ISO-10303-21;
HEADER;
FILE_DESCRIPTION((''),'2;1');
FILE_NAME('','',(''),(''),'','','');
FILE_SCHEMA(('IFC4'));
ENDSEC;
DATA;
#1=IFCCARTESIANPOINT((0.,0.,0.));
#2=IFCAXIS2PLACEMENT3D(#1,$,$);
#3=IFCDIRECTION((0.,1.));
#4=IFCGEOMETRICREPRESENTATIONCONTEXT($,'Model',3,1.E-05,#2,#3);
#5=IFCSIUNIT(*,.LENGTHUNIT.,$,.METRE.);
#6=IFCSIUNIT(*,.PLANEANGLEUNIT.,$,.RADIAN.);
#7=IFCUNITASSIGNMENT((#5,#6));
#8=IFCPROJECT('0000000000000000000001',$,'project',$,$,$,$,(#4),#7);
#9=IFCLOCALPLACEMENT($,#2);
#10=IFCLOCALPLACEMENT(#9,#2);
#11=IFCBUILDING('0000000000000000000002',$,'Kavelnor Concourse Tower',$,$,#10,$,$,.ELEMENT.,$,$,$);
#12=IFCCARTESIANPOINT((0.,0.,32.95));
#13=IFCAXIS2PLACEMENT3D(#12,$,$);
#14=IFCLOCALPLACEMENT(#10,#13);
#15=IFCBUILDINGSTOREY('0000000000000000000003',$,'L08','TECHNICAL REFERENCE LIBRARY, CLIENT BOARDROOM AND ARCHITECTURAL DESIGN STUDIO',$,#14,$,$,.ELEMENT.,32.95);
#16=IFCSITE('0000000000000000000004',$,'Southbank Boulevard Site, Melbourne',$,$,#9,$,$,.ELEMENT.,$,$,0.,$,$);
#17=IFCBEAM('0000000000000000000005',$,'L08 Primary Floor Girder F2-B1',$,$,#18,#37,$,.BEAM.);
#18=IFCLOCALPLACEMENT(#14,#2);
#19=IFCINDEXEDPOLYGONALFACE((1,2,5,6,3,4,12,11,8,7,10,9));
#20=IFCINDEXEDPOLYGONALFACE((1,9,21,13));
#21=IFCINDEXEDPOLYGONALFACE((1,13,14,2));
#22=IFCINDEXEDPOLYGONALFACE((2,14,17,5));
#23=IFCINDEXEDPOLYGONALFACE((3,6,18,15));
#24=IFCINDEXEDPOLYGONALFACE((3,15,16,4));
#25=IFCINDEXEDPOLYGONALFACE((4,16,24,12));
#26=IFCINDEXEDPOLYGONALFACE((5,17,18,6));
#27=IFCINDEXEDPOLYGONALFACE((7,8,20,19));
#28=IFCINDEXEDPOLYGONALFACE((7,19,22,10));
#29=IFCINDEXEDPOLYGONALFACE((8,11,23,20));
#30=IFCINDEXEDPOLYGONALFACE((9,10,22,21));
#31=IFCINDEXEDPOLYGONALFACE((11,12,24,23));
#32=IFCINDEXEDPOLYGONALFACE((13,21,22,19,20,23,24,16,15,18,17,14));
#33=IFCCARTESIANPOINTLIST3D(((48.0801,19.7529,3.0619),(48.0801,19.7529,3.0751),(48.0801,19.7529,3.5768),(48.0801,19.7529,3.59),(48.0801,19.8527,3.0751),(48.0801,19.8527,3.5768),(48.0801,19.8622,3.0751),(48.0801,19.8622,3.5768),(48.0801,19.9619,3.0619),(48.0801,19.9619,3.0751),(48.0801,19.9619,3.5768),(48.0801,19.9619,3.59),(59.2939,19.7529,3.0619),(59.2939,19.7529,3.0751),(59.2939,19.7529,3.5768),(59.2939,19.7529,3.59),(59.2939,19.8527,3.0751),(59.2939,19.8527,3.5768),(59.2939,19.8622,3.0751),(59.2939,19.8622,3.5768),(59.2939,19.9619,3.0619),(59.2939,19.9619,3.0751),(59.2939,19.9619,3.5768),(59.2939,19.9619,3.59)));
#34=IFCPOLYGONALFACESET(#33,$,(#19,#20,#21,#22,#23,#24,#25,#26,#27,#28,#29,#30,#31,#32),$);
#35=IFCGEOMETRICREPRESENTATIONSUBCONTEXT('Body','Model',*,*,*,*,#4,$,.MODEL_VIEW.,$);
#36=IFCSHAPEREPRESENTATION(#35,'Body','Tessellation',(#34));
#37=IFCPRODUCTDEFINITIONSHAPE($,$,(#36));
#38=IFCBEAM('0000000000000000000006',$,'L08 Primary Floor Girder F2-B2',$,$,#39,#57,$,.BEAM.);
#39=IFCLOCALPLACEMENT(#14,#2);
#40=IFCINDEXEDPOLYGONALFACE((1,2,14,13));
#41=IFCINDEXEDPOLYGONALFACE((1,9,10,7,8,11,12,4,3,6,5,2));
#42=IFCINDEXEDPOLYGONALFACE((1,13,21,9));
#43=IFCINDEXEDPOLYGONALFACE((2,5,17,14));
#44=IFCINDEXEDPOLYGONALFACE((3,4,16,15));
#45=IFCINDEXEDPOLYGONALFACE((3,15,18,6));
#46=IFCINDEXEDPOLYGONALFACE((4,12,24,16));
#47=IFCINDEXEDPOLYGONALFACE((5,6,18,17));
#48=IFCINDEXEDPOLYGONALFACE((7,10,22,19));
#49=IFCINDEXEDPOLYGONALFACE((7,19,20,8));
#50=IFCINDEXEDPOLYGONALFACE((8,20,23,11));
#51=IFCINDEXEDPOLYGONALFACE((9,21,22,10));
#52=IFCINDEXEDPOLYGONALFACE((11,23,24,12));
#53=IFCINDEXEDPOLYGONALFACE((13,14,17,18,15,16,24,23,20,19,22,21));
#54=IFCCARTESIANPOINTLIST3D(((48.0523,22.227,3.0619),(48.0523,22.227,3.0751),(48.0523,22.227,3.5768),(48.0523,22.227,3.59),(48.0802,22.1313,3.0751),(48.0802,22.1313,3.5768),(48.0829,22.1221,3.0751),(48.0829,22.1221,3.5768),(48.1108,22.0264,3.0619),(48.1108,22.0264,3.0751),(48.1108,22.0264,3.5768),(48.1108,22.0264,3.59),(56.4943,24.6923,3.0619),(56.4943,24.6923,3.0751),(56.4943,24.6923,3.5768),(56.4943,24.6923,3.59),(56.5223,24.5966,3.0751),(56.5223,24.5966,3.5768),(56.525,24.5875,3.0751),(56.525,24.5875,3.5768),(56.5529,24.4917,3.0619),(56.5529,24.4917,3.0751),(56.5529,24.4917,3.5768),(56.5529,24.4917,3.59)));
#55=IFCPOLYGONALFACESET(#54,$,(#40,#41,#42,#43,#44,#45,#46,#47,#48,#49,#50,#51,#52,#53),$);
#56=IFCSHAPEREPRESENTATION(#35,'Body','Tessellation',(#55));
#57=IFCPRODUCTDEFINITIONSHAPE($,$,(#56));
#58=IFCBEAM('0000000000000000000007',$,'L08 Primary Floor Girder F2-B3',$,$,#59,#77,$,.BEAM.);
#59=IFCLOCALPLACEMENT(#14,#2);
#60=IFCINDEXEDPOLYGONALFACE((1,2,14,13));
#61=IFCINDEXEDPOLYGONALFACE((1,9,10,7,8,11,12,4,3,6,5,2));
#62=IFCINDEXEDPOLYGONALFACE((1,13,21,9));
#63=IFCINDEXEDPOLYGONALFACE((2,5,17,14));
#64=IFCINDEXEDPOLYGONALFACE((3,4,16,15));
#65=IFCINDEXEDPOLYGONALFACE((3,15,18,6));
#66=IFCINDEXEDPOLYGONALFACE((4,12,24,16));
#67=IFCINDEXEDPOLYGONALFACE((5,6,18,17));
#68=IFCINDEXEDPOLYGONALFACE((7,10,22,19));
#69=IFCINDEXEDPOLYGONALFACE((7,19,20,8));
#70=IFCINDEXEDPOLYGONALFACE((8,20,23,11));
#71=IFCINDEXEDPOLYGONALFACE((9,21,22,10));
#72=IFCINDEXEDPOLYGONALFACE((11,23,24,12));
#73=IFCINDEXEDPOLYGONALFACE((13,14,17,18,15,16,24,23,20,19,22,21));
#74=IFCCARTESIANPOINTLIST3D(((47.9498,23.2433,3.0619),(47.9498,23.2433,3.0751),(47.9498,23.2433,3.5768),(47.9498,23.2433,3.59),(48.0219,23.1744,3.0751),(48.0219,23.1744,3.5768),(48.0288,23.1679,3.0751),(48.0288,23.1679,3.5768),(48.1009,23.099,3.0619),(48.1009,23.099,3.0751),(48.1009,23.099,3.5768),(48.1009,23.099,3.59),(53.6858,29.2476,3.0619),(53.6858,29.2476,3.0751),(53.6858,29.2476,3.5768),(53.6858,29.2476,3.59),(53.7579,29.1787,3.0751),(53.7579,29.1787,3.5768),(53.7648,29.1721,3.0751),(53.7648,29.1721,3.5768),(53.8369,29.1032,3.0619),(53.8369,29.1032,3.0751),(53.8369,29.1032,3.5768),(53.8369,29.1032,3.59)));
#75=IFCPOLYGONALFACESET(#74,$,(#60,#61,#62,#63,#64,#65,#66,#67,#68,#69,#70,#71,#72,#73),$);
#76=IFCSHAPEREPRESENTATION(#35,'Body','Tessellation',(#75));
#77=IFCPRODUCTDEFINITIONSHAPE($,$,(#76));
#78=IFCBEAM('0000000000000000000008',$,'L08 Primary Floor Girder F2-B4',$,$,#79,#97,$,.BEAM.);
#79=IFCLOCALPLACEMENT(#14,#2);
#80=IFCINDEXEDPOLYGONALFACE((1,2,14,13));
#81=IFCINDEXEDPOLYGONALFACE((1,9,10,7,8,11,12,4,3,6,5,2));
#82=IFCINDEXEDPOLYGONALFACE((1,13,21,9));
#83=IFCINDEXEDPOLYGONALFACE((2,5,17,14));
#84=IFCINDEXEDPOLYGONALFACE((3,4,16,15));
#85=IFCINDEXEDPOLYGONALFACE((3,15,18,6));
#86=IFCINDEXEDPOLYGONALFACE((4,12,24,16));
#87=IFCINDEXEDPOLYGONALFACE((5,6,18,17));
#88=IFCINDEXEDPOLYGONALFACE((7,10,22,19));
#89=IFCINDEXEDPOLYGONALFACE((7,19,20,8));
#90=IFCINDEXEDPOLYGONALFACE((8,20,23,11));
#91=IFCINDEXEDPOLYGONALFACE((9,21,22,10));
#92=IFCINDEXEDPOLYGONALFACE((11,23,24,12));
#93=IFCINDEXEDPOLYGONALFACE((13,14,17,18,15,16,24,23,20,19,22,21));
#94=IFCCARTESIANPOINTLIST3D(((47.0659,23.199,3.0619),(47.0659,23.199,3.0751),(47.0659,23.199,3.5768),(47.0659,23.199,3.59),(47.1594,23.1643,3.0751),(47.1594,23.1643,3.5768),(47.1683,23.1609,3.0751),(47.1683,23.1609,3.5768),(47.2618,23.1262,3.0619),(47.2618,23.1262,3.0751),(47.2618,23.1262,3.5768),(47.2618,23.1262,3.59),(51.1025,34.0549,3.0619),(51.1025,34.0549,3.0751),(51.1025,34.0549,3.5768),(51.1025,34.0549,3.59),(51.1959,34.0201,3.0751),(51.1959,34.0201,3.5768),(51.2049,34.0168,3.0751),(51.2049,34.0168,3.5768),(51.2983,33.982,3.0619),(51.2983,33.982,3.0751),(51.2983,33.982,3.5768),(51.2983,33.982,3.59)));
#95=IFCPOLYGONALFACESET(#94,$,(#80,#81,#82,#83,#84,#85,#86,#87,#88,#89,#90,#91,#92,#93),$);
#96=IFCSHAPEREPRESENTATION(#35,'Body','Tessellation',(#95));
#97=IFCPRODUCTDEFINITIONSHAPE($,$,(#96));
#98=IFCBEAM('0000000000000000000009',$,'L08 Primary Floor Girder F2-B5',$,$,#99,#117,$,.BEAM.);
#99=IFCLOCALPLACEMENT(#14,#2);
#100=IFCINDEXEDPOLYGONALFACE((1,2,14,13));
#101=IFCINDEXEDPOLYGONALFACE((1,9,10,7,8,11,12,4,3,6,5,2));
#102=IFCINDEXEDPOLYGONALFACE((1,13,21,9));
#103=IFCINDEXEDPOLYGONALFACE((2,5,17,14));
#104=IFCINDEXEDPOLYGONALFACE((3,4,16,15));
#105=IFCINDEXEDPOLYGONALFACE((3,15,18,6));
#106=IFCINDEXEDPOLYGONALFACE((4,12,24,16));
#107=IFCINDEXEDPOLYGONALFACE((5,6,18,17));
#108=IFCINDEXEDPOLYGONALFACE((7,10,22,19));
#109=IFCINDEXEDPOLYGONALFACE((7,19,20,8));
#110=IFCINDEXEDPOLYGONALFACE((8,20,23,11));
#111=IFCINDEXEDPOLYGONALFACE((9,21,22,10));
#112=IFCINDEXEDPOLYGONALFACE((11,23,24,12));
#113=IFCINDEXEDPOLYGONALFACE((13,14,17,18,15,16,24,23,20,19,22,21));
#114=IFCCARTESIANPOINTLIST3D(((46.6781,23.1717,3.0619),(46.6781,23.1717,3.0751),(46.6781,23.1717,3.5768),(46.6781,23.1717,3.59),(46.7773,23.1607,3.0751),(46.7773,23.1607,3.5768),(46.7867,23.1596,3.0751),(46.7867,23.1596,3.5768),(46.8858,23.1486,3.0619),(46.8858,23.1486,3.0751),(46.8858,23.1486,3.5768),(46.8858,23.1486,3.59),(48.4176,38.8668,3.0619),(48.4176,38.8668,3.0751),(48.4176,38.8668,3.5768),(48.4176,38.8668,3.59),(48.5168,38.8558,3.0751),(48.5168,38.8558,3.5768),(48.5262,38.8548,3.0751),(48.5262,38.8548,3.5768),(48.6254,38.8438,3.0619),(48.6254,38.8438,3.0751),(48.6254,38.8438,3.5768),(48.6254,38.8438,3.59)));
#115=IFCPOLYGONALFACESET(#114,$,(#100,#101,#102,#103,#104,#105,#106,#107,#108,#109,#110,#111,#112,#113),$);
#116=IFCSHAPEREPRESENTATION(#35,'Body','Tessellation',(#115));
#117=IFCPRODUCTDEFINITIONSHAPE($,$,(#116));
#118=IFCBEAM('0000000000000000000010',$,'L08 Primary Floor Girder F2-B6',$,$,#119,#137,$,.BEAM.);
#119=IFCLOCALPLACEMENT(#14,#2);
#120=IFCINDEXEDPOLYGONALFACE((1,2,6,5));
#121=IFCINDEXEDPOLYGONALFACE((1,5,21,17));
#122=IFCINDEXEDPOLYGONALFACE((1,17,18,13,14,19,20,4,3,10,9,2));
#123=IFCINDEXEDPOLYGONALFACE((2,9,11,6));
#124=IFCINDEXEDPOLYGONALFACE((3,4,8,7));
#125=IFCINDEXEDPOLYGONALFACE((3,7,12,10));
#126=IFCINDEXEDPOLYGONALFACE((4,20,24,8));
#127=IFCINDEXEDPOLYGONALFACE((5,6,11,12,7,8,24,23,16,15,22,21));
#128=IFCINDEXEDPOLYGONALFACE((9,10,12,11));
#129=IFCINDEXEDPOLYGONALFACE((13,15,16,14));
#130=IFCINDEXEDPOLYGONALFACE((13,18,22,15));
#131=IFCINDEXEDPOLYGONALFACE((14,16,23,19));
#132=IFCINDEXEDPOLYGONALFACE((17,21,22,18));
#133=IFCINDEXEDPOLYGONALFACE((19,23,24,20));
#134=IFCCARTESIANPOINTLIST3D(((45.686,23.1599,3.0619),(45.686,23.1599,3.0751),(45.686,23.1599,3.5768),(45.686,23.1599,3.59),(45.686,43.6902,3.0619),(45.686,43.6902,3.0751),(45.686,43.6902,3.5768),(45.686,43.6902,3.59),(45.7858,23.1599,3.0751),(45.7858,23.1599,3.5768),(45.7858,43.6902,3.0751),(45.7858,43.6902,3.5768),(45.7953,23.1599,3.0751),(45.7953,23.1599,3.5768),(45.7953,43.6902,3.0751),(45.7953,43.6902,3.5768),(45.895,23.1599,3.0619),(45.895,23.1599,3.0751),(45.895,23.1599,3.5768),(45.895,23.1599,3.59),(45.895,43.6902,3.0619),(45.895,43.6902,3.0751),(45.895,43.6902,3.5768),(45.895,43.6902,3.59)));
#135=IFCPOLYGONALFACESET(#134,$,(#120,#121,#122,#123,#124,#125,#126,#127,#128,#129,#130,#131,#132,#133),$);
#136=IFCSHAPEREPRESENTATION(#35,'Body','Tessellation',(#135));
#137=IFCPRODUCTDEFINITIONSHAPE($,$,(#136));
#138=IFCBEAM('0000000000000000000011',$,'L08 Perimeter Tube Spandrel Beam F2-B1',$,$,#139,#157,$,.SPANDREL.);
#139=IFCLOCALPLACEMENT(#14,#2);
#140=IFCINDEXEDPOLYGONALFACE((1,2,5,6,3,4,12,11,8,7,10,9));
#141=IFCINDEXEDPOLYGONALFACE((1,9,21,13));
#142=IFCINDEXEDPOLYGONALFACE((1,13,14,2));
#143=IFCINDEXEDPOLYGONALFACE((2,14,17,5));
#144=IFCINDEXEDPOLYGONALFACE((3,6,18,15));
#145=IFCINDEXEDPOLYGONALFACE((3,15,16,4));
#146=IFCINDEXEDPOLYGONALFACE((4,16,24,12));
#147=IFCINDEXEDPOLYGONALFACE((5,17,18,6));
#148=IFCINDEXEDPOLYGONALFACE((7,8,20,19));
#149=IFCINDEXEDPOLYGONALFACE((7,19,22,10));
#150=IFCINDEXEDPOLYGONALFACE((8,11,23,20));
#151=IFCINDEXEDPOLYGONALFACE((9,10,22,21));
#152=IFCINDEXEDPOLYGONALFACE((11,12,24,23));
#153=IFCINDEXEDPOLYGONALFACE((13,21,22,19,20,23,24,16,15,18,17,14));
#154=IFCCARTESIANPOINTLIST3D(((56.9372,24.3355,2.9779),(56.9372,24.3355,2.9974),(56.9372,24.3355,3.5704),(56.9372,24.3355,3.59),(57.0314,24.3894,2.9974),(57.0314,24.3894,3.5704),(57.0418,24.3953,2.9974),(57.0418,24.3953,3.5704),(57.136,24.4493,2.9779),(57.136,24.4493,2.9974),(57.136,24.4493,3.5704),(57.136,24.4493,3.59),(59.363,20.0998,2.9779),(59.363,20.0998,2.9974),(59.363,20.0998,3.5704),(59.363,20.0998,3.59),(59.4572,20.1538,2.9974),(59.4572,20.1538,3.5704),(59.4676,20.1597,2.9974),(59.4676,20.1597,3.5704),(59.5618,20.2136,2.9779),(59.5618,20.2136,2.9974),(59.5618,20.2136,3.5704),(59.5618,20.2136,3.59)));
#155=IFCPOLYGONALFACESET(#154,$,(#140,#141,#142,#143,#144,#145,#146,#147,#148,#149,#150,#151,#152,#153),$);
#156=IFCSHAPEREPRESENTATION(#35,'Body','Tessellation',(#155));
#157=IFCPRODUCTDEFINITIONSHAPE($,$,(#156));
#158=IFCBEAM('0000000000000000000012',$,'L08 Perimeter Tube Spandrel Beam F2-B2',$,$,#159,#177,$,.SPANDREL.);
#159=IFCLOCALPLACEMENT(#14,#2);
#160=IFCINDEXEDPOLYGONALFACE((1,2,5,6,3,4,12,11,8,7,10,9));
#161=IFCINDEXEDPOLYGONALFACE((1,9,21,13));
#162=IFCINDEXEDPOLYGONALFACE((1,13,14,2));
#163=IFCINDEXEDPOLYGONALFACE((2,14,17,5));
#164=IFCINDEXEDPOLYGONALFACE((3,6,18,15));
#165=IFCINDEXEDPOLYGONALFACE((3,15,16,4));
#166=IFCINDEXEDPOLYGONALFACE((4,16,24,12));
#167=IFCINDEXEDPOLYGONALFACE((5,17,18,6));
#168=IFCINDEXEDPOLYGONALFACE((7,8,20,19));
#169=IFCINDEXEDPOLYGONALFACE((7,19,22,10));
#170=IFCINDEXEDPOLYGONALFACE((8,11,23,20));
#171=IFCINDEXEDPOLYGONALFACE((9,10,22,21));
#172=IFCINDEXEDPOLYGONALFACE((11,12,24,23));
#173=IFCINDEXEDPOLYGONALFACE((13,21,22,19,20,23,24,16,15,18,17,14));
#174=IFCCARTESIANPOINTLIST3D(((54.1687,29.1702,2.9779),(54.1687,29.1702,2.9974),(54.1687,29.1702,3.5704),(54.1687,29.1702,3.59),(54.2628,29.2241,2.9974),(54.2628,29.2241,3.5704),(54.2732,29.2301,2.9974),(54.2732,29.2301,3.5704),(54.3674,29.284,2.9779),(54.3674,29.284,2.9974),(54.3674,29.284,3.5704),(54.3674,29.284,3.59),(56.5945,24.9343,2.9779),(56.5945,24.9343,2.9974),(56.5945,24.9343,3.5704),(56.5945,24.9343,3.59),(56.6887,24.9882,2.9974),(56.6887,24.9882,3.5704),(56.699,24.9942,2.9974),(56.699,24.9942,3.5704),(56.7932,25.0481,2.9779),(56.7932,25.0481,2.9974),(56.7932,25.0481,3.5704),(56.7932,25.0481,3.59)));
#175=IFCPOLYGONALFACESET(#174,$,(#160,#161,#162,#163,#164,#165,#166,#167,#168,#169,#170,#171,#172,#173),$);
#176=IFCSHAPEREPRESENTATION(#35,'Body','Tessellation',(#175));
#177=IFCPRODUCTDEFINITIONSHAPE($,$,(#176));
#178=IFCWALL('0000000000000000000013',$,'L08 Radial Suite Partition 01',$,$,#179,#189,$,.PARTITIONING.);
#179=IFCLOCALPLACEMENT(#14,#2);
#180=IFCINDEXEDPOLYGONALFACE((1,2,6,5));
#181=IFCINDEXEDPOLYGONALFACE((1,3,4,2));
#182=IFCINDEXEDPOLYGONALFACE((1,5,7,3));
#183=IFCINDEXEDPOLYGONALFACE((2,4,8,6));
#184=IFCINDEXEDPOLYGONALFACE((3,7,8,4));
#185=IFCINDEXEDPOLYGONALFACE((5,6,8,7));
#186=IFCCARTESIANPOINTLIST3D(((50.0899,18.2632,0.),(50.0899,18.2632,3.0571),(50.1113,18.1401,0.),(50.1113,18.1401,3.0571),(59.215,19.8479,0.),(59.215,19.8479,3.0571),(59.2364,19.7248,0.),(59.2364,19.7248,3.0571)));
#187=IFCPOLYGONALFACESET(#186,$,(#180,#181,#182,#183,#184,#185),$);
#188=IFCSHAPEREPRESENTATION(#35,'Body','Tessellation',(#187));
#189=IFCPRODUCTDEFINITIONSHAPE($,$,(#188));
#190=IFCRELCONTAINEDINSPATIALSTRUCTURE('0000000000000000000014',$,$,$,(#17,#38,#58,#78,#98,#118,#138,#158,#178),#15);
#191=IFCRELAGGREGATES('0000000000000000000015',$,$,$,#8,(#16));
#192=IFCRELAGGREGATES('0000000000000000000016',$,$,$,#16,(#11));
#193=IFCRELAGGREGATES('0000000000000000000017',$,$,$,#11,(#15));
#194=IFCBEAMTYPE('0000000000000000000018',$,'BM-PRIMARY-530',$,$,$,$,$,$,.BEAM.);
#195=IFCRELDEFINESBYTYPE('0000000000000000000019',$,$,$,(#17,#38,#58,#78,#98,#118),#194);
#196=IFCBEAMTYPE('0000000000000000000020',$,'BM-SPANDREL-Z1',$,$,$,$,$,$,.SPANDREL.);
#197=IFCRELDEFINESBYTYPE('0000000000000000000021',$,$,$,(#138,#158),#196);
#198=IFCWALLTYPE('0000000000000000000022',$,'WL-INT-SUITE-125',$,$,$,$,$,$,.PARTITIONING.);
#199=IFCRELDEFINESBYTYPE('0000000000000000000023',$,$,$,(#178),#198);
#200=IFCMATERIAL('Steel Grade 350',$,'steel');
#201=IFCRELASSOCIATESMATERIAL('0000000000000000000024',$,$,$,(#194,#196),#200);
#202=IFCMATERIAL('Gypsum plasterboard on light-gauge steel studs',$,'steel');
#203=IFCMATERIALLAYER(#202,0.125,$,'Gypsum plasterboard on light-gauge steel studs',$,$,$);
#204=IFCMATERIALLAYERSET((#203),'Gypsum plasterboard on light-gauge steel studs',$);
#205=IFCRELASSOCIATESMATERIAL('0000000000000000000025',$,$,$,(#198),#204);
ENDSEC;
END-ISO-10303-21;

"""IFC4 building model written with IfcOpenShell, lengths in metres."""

from ifc_helpers import new_model, si_unit, direction, frame, frame_2d, origin, origin_2d, place, context, subcontext, project, spatial, rectangle, i_section, extrude, material, layer, layer_set, material_profile, profile_set, type_object, element, save


model = new_model("IFC4")

# Units and contexts
model_context = context("Model", 3, precision=1e-05, world=origin(), true_north=direction((0.0, 1.0)))
body_context = subcontext(model_context, "Body", "Model", "MODEL_VIEW")
ifc_project = project(units=[si_unit("LENGTHUNIT", "METRE"), si_unit("PLANEANGLEUNIT", "RADIAN")], contexts=[model_context])

# Site, building, storey
site_placement = place(None, origin())
site = spatial("IfcSite", under=ifc_project, at=site_placement, Name="Southbank Boulevard Site, Melbourne", CompositionType="ELEMENT", RefElevation=0.0)
building_placement = place(site_placement, origin())
building = spatial("IfcBuilding", under=site, at=building_placement, Name="Kavelnor Concourse Tower", CompositionType="ELEMENT")
storey_placement = place(building_placement, frame((0.0, 0.0, 32.95)))
storey = spatial("IfcBuildingStorey", under=building, at=storey_placement, Name="L08", Description="TECHNICAL REFERENCE LIBRARY, CLIENT BOARDROOM AND ARCHITECTURAL DESIGN STUDIO", CompositionType="ELEMENT", Elevation=32.95)

# Shared definitions
ifc_material_1 = material(Name="Steel Grade 350", Category="steel")

# Beams
ifc_material_profile_1 = material_profile(ifc_material_1, i_section(OverallWidth=0.209, OverallDepth=0.5281, WebThickness=0.0095, FlangeThickness=0.0132, at=origin_2d()), Name="530UB82")
ifc_profile_set_1 = profile_set([ifc_material_profile_1], Name="Steel Grade 350")
beam_type_1 = type_object("IfcBeamType", Name="BM-PRIMARY-530", PredefinedType="BEAM", material=ifc_profile_set_1)
beam_1_placement = place(storey_placement, frame((48.0801, 19.8574, 3.3259), z_axis=(1.0, 0.0, 0.0), x_axis=(0.0, 1.0, 0.0)))
element("IfcBeam", 1, at=beam_1_placement, inside=storey, type_object=beam_type_1, Name="L08 Primary Floor Girder F2-B1", PredefinedType="BEAM", context=body_context, shape_type="SweptSolid", body=[
    extrude(i_section(OverallWidth=0.209, OverallDepth=0.5281, WebThickness=0.0095, FlangeThickness=0.0132, at=origin_2d()), origin(), (0.0, 0.0, 1.0), 11.2139),
])
beam_2_placement = place(storey_placement, frame((48.0815, 22.1267, 3.3259), z_axis=(0.959907, 0.280319, 0.0), x_axis=(-0.280319, 0.959907, 0.0)))
element("IfcBeam", 2, at=beam_2_placement, inside=storey, type_object=beam_type_1, Name="L08 Primary Floor Girder F2-B2", PredefinedType="BEAM", context=body_context, shape_type="SweptSolid", body=[
    extrude(i_section(OverallWidth=0.209, OverallDepth=0.5281, WebThickness=0.0095, FlangeThickness=0.0132, at=origin_2d()), origin(), (0.0, 0.0, 1.0), 8.7947),
])
beam_3_placement = place(storey_placement, frame((48.0254, 23.1711, 3.3259), z_axis=(0.690766, 0.723078, 0.0), x_axis=(-0.723078, 0.690766, 0.0)))
element("IfcBeam", 3, at=beam_3_placement, inside=storey, type_object=beam_type_1, Name="L08 Primary Floor Girder F2-B3", PredefinedType="BEAM", context=body_context, shape_type="SweptSolid", body=[
    extrude(i_section(OverallWidth=0.209, OverallDepth=0.5281, WebThickness=0.0095, FlangeThickness=0.0132, at=origin_2d()), origin(), (0.0, 0.0, 1.0), 8.3037),
])
beam_4_placement = place(storey_placement, frame((47.1638, 23.1626, 3.3259), z_axis=(0.348521, 0.937301, 0.0), x_axis=(-0.937301, 0.348521, 0.0)))
element("IfcBeam", 4, at=beam_4_placement, inside=storey, type_object=beam_type_1, Name="L08 Primary Floor Girder F2-B4", PredefinedType="BEAM", context=body_context, shape_type="SweptSolid", body=[
    extrude(i_section(OverallWidth=0.209, OverallDepth=0.5281, WebThickness=0.0095, FlangeThickness=0.0132, at=origin_2d()), origin(), (0.0, 0.0, 1.0), 11.582),
])
beam_5_placement = place(storey_placement, frame((46.782, 23.1602, 3.3259), z_axis=(0.110157, 0.993914, 0.0), x_axis=(-0.993914, 0.110157, 0.0)))
element("IfcBeam", 5, at=beam_5_placement, inside=storey, type_object=beam_type_1, Name="L08 Primary Floor Girder F2-B5", PredefinedType="BEAM", context=body_context, shape_type="SweptSolid", body=[
    extrude(i_section(OverallWidth=0.209, OverallDepth=0.5281, WebThickness=0.0095, FlangeThickness=0.0132, at=origin_2d()), origin(), (0.0, 0.0, 1.0), 15.7913),
])
beam_6_placement = place(storey_placement, frame((45.7905, 23.1599, 3.3259), z_axis=(0.0, 1.0, 0.0), x_axis=(-1.0, 0.0, 0.0)))
element("IfcBeam", 6, at=beam_6_placement, inside=storey, type_object=beam_type_1, Name="L08 Primary Floor Girder F2-B6", PredefinedType="BEAM", context=body_context, shape_type="SweptSolid", body=[
    extrude(i_section(OverallWidth=0.209, OverallDepth=0.5281, WebThickness=0.0095, FlangeThickness=0.0132, at=origin_2d()), origin(), (0.0, 0.0, 1.0), 20.5303),
])
ifc_material_profile_2 = material_profile(ifc_material_1, i_section(OverallWidth=0.229, OverallDepth=0.6121, WebThickness=0.012, FlangeThickness=0.0195, at=origin_2d()), Name="610UB125")
ifc_profile_set_2 = profile_set([ifc_material_profile_2], Name="Steel Grade 350")
beam_type_2 = type_object("IfcBeamType", Name="BM-SPANDREL-Z1", PredefinedType="SPANDREL", material=ifc_profile_set_2)
beam_7_placement = place(storey_placement, frame((59.4624, 20.1567, 3.2839), z_axis=(-0.496979, 0.867763, 0.0), x_axis=(-0.867763, -0.496979, 0.0)))
element("IfcBeam", 7, at=beam_7_placement, inside=storey, type_object=beam_type_2, Name="L08 Perimeter Tube Spandrel Beam F2-B1", PredefinedType="SPANDREL", context=body_context, shape_type="SweptSolid", body=[
    extrude(i_section(OverallWidth=0.229, OverallDepth=0.6121, WebThickness=0.012, FlangeThickness=0.0195, at=origin_2d()), origin(), (0.0, 0.0, 1.0), 4.8811),
])
beam_8_placement = place(storey_placement, frame((56.6938, 24.9912, 3.2839), z_axis=(-0.496957, 0.867775, 0.0), x_axis=(-0.867775, -0.496957, 0.0)))
element("IfcBeam", 8, at=beam_8_placement, inside=storey, type_object=beam_type_2, Name="L08 Perimeter Tube Spandrel Beam F2-B2", PredefinedType="SPANDREL", context=body_context, shape_type="SweptSolid", body=[
    extrude(i_section(OverallWidth=0.229, OverallDepth=0.6121, WebThickness=0.012, FlangeThickness=0.0195, at=origin_2d()), origin(), (0.0, 0.0, 1.0), 4.8813),
])

# Wall
ifc_material_2 = material(Name="Gypsum plasterboard on light-gauge steel studs", Category="steel")
ifc_layer_1 = layer(ifc_material_2, 0.125, Name="Gypsum plasterboard on light-gauge steel studs")
ifc_layer_set_1 = layer_set([ifc_layer_1], Name="Gypsum plasterboard on light-gauge steel studs")
wall_type_1 = type_object("IfcWallType", Name="WL-INT-SUITE-125", PredefinedType="PARTITIONING", material=ifc_layer_set_1)
wall_1_placement = place(storey_placement, frame((50.1006, 18.2017, 0.0), z_axis=(0.0, 0.0, 1.0), x_axis=(0.985253, 0.171102, 0.0)))
element("IfcWall", 9, at=wall_1_placement, inside=storey, type_object=wall_type_1, Name="L08 Radial Suite Partition 01", PredefinedType="PARTITIONING", context=body_context, shape_type="SweptSolid", body=[
    extrude(rectangle(XDim=9.2617, YDim=0.125, at=frame_2d((4.6309, 0.0))), origin(), (0.0, 0.0, 1.0), 3.0571),
])

save(model, "model.ifc")
